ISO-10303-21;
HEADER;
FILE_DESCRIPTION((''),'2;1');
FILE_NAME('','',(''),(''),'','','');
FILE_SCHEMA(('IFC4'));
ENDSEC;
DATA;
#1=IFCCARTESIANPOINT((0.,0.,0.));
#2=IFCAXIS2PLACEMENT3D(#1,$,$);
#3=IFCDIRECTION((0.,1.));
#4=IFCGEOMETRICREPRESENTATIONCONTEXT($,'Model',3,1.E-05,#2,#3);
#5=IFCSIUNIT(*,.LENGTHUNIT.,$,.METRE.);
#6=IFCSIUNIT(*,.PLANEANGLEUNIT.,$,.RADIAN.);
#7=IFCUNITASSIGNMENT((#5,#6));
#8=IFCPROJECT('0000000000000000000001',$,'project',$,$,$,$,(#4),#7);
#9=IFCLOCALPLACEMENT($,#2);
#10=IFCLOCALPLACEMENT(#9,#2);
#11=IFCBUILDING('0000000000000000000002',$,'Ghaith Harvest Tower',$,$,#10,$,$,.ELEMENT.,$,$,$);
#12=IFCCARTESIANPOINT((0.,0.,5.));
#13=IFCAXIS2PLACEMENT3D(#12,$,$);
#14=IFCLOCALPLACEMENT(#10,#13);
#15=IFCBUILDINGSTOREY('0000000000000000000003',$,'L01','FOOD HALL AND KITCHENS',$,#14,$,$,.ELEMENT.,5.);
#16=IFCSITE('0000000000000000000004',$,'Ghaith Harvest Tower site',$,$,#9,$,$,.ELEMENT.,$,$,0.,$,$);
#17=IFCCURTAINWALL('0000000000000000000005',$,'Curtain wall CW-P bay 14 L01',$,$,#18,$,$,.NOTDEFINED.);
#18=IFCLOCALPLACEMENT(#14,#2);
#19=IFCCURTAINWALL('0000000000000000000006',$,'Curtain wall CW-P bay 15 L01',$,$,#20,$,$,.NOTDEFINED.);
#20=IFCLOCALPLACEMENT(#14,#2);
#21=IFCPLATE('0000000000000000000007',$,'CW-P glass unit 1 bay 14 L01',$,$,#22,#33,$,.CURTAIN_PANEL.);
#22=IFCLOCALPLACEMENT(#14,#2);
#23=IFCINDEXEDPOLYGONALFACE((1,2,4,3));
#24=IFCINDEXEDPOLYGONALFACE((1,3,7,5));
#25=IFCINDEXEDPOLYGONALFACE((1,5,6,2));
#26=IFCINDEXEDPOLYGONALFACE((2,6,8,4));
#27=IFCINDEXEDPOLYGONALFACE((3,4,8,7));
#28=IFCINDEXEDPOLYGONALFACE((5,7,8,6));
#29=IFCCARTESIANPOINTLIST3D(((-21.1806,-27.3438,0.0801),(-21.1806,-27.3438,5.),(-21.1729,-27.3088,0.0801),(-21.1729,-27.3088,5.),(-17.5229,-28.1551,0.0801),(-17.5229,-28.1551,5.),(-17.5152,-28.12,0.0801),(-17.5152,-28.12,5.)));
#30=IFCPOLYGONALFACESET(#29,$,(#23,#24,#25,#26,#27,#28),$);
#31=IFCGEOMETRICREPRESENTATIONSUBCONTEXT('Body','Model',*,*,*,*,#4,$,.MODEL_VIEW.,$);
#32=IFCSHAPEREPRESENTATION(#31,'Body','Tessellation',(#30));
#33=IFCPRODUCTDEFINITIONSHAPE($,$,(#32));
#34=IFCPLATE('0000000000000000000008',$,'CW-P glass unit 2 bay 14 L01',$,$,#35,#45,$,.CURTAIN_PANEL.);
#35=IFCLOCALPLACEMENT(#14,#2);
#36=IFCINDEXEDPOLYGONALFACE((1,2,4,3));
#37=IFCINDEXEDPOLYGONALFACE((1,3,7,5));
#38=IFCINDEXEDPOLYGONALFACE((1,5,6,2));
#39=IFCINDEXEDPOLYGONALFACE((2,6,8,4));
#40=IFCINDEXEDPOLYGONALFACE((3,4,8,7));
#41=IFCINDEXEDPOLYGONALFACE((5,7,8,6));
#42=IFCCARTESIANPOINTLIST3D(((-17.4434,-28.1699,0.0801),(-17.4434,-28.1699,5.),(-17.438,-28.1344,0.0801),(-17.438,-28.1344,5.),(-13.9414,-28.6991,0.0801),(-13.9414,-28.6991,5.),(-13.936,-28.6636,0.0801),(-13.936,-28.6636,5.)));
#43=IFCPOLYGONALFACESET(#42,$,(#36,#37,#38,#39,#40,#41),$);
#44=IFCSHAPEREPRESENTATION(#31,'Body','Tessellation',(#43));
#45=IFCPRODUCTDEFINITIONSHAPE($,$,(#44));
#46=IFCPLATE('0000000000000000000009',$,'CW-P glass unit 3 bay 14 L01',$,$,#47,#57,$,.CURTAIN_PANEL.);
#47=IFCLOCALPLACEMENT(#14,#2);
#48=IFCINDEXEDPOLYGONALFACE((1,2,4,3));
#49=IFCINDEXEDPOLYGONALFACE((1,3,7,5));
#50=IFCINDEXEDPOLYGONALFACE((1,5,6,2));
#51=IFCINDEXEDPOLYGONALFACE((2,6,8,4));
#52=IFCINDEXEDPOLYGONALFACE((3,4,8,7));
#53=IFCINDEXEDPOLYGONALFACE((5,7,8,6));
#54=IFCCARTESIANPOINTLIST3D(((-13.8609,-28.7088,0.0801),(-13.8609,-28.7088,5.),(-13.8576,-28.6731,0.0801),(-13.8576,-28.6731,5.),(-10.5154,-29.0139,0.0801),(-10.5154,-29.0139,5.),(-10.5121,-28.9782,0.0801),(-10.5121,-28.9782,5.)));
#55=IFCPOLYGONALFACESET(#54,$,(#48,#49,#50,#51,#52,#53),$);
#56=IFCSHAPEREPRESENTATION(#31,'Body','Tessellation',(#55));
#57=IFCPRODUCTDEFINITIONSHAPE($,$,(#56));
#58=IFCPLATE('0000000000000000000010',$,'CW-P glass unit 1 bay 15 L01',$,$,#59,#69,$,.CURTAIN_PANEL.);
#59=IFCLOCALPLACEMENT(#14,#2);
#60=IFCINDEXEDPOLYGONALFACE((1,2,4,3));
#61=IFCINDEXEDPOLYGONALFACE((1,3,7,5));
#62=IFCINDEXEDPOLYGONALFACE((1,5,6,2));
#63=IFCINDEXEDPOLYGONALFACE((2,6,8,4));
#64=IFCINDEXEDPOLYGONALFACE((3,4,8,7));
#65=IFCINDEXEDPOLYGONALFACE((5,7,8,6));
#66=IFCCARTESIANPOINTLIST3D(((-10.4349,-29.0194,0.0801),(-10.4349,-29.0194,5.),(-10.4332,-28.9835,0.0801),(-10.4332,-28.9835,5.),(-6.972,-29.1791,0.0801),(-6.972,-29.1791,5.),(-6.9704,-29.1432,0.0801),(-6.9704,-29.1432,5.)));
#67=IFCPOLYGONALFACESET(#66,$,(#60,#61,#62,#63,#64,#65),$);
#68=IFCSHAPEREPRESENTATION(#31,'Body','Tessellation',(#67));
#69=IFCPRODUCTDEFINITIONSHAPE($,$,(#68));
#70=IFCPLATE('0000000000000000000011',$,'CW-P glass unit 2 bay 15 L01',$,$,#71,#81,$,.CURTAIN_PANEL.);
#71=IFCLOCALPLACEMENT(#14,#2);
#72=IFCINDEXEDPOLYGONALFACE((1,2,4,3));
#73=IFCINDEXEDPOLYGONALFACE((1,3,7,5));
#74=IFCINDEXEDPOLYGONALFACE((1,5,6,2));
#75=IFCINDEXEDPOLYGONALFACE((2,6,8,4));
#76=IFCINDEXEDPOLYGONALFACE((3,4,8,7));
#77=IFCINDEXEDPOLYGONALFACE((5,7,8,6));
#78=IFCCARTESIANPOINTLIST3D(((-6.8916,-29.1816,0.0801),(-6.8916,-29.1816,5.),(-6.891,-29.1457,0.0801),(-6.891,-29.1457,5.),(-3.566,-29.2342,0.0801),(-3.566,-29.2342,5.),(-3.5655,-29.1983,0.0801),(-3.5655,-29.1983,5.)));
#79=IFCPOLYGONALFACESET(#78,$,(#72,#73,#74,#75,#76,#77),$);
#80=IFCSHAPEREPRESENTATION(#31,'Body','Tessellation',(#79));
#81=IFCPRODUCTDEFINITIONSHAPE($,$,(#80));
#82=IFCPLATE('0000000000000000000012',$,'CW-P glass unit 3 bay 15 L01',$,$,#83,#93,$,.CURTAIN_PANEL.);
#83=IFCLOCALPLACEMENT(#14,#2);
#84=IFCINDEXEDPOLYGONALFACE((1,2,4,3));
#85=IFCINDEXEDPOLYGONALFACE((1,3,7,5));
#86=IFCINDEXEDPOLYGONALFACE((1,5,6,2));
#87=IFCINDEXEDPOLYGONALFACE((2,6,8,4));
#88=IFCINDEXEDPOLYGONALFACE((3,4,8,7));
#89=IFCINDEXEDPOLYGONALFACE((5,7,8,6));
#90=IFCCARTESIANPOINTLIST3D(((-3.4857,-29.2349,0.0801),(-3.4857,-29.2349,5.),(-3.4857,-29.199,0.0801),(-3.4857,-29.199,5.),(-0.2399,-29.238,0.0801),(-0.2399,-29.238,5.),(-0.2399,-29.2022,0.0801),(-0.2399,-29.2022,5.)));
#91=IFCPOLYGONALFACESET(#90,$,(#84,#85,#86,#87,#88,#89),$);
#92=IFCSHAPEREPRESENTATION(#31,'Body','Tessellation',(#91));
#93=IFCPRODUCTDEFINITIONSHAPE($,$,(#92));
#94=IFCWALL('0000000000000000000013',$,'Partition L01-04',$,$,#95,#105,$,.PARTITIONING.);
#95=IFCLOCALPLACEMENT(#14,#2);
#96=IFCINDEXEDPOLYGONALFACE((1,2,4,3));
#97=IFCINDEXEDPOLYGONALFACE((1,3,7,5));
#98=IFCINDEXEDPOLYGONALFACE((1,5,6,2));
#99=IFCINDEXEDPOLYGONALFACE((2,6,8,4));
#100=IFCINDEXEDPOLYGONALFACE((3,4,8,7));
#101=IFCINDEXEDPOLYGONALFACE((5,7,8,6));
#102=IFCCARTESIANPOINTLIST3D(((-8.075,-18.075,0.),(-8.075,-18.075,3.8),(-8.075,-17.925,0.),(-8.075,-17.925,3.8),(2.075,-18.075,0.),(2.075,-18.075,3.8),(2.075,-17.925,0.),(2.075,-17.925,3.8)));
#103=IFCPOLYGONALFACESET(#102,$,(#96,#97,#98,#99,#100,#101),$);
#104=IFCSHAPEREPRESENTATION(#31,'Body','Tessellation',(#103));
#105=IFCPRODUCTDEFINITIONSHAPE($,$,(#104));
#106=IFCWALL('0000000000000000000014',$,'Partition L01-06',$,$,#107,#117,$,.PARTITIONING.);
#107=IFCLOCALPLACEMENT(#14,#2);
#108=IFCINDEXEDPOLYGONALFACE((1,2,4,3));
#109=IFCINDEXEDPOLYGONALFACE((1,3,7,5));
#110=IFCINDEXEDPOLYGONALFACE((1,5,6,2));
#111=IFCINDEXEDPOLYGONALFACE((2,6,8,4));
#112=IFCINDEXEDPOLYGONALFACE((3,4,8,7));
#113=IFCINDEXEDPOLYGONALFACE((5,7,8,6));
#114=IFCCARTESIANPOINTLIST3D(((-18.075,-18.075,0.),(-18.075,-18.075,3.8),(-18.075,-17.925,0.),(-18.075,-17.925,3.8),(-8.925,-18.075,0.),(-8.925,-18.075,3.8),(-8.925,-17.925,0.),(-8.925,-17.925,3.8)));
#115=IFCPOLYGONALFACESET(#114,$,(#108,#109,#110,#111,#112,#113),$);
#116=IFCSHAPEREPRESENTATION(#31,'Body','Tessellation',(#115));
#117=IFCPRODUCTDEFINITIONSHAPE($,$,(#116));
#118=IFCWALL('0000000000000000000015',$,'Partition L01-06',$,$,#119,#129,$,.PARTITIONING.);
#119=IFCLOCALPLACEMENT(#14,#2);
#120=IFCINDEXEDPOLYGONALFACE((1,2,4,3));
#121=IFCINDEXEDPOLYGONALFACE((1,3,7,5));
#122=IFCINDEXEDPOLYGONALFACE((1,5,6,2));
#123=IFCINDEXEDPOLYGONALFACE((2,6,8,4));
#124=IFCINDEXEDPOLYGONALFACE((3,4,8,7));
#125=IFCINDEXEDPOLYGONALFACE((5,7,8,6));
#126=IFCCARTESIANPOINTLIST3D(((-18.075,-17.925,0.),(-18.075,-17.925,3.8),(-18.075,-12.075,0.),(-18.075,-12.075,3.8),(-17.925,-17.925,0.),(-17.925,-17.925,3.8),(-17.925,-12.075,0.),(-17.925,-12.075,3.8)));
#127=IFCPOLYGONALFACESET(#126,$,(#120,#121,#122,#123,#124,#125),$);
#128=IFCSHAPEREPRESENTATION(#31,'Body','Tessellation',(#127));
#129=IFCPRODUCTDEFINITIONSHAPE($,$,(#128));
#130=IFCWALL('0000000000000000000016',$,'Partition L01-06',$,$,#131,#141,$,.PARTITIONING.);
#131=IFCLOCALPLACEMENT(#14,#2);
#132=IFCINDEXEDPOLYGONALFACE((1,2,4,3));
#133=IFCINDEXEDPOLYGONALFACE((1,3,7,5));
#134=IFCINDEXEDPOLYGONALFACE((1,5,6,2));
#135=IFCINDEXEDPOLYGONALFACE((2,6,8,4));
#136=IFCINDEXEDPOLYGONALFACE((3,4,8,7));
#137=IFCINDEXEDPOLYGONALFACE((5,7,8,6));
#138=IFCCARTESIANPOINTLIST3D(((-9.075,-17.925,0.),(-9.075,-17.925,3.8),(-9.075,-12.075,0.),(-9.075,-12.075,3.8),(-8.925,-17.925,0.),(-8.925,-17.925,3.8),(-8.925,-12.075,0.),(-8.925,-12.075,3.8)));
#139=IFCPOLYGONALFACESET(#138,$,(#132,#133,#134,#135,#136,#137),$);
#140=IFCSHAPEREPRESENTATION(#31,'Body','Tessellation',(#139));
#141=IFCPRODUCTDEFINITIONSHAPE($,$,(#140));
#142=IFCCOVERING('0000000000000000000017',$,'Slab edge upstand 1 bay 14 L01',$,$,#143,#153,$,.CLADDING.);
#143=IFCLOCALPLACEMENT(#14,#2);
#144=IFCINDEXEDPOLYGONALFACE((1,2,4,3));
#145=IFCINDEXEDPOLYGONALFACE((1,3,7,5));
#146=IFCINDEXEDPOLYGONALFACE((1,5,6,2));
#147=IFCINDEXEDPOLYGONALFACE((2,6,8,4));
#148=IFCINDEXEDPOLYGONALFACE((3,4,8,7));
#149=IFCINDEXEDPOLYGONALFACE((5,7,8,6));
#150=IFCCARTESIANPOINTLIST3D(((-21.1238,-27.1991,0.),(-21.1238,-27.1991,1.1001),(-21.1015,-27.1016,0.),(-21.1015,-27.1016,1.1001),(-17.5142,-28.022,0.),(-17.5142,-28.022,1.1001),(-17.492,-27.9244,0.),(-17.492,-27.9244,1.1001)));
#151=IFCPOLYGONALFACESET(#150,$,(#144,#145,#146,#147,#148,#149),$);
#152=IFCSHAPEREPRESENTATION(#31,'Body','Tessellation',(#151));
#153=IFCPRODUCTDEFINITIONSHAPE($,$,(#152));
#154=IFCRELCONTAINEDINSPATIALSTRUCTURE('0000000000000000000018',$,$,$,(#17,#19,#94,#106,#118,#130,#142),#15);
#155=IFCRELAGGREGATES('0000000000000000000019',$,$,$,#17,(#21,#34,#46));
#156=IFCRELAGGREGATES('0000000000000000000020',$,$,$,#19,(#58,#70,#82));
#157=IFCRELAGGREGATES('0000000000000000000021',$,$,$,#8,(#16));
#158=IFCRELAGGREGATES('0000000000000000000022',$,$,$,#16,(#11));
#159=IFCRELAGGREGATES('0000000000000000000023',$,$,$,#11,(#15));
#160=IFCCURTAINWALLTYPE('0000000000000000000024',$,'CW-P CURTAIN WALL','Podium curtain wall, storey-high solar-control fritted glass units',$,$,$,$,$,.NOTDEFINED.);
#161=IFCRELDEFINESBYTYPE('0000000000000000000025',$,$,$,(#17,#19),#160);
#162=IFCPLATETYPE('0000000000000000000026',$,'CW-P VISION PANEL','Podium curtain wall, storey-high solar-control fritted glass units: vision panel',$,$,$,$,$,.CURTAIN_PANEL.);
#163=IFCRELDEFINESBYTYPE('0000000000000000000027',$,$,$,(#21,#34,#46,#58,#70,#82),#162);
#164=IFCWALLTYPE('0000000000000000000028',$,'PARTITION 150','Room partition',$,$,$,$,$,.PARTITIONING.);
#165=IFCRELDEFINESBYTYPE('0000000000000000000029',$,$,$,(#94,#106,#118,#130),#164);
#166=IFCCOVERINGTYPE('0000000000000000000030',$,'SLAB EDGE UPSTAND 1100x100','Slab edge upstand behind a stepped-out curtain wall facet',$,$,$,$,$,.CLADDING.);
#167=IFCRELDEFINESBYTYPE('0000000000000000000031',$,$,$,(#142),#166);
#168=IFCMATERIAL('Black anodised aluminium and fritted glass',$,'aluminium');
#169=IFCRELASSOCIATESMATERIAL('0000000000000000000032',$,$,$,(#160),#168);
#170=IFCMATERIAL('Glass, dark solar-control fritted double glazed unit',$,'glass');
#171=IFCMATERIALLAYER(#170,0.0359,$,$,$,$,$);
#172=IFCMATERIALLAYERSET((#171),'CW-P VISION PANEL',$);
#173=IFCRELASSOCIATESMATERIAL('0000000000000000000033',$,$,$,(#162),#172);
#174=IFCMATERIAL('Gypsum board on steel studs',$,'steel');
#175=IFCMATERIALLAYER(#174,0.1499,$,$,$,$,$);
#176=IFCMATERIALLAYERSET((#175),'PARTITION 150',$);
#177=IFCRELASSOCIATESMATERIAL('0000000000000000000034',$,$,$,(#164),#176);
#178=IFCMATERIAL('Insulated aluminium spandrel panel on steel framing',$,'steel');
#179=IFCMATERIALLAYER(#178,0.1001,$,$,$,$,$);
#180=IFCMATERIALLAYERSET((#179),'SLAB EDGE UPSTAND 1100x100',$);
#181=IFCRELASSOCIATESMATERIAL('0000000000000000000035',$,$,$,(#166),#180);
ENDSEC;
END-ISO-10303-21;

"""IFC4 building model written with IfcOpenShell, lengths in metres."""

from ifc_helpers import new_model, si_unit, direction, frame, frame_2d, origin, origin_2d, place, context, subcontext, project, spatial, rectangle, extrude, material, layer, layer_set, type_object, element, aggregate, save


model = new_model("IFC4")

# Units and contexts
model_context = context("Model", 3, precision=1e-05, world=origin(), true_north=direction((0.0, 1.0)))
body_context = subcontext(model_context, "Body", "Model", "MODEL_VIEW")
ifc_project = project(units=[si_unit("LENGTHUNIT", "METRE"), si_unit("PLANEANGLEUNIT", "RADIAN")], contexts=[model_context])

# Site, building, storey
site_placement = place(None, origin())
site = spatial("IfcSite", under=ifc_project, at=site_placement, Name="Ghaith Harvest Tower site", CompositionType="ELEMENT", RefElevation=0.0)
building_placement = place(site_placement, origin())
building = spatial("IfcBuilding", under=site, at=building_placement, Name="Ghaith Harvest Tower", CompositionType="ELEMENT")
storey_placement = place(building_placement, frame((0.0, 0.0, 5.0)))
storey = spatial("IfcBuildingStorey", under=building, at=storey_placement, Name="L01", Description="FOOD HALL AND KITCHENS", CompositionType="ELEMENT", Elevation=5.0)

# Curtain walls
ifc_material_1 = material(Name="Black anodised aluminium and fritted glass", Category="aluminium")
curtain_wall_type = type_object("IfcCurtainWallType", Name="CW-P CURTAIN WALL", Description="Podium curtain wall, storey-high solar-control fritted glass units", PredefinedType="NOTDEFINED", material=ifc_material_1)
curtain_wall_1_placement = place(storey_placement, origin())
curtain_wall_1 = element("IfcCurtainWall", 1, at=curtain_wall_1_placement, inside=storey, type_object=curtain_wall_type, Name="Curtain wall CW-P bay 14 L01", PredefinedType="NOTDEFINED")
curtain_wall_2_placement = place(storey_placement, origin())
curtain_wall_2 = element("IfcCurtainWall", 2, at=curtain_wall_2_placement, inside=storey, type_object=curtain_wall_type, Name="Curtain wall CW-P bay 15 L01", PredefinedType="NOTDEFINED")

# Plates
ifc_material_2 = material(Name="Glass, dark solar-control fritted double glazed unit", Category="glass")
ifc_layer_1 = layer(ifc_material_2, 0.0359)
ifc_layer_set_1 = layer_set([ifc_layer_1], Name="CW-P VISION PANEL")
plate_type = type_object("IfcPlateType", Name="CW-P VISION PANEL", Description="Podium curtain wall, storey-high solar-control fritted glass units: vision panel", PredefinedType="CURTAIN_PANEL", material=ifc_layer_set_1)
plate_1_placement = place(storey_placement, frame((-19.3479, -27.7319, 0.0801), z_axis=(0.0, 0.0, 1.0), x_axis=(0.976277, -0.216524, 0.0)))
plate_1 = element("IfcPlate", 3, at=plate_1_placement, type_object=plate_type, Name="CW-P glass unit 1 bay 14 L01", PredefinedType="CURTAIN_PANEL", context=body_context, shape_type="SweptSolid", body=[
    extrude(rectangle(XDim=3.7466, YDim=0.0359, at=origin_2d()), origin(), (0.0, 0.0, 1.0), 4.9199),
])
plate_2_placement = place(storey_placement, frame((-15.6897, -28.4167, 0.0801), z_axis=(0.0, 0.0, 1.0), x_axis=(0.988774, -0.149419, 0.0)))
plate_2 = element("IfcPlate", 4, at=plate_2_placement, type_object=plate_type, Name="CW-P glass unit 2 bay 14 L01", PredefinedType="CURTAIN_PANEL", context=body_context, shape_type="SweptSolid", body=[
    extrude(rectangle(XDim=3.5417, YDim=0.0359, at=origin_2d()), origin(), (0.0, 0.0, 1.0), 4.9199),
])
plate_3_placement = place(storey_placement, frame((-12.1865, -28.8435, 0.0801), z_axis=(0.0, 0.0, 1.0), x_axis=(0.995868, -0.090808, 0.0)))
plate_3 = element("IfcPlate", 5, at=plate_3_placement, type_object=plate_type, Name="CW-P glass unit 3 bay 14 L01", PredefinedType="CURTAIN_PANEL", context=body_context, shape_type="SweptSolid", body=[
    extrude(rectangle(XDim=3.3594, YDim=0.0359, at=origin_2d()), origin(), (0.0, 0.0, 1.0), 4.9199),
])
aggregate(curtain_wall_1, [plate_1, plate_2, plate_3])
plate_4_placement = place(storey_placement, frame((-8.7026, -29.0813, 0.0801), z_axis=(0.0, 0.0, 1.0), x_axis=(0.998939, -0.046057, 0.0)))
plate_4 = element("IfcPlate", 6, at=plate_4_placement, type_object=plate_type, Name="CW-P glass unit 1 bay 15 L01", PredefinedType="CURTAIN_PANEL", context=body_context, shape_type="SweptSolid", body=[
    extrude(rectangle(XDim=3.4666, YDim=0.0359, at=origin_2d()), origin(), (0.0, 0.0, 1.0), 4.9199),
])
plate_5_placement = place(storey_placement, frame((-5.2285, -29.1899, 0.0801), z_axis=(0.0, 0.0, 1.0), x_axis=(0.999875, -0.015807, 0.0)))
plate_5 = element("IfcPlate", 7, at=plate_5_placement, type_object=plate_type, Name="CW-P glass unit 2 bay 15 L01", PredefinedType="CURTAIN_PANEL", context=body_context, shape_type="SweptSolid", body=[
    extrude(rectangle(XDim=3.3259, YDim=0.0359, at=origin_2d()), origin(), (0.0, 0.0, 1.0), 4.9199),
])
plate_6_placement = place(storey_placement, frame((-1.8628, -29.2185, 0.0801), z_axis=(0.0, 0.0, 1.0), x_axis=(1.0, -0.000984, 0.0)))
plate_6 = element("IfcPlate", 8, at=plate_6_placement, type_object=plate_type, Name="CW-P glass unit 3 bay 15 L01", PredefinedType="CURTAIN_PANEL", context=body_context, shape_type="SweptSolid", body=[
    extrude(rectangle(XDim=3.2458, YDim=0.0359, at=origin_2d()), origin(), (0.0, 0.0, 1.0), 4.9199),
])
aggregate(curtain_wall_2, [plate_4, plate_5, plate_6])

# Walls
ifc_material_3 = material(Name="Gypsum board on steel studs", Category="steel")
ifc_layer_2 = layer(ifc_material_3, 0.1499)
ifc_layer_set_2 = layer_set([ifc_layer_2], Name="PARTITION 150")
wall_type = type_object("IfcWallType", Name="PARTITION 150", Description="Room partition", PredefinedType="PARTITIONING", material=ifc_layer_set_2)
wall_1_placement = place(storey_placement, frame((-8.075, -18.0, 0.0), z_axis=(0.0, 0.0, 1.0), x_axis=(1.0, 0.0, 0.0)))
element("IfcWall", 9, at=wall_1_placement, inside=storey, type_object=wall_type, Name="Partition L01-04", PredefinedType="PARTITIONING", context=body_context, shape_type="SweptSolid", body=[
    extrude(rectangle(XDim=10.1499, YDim=0.1499, at=frame_2d((5.075, 0.0))), origin(), (0.0, 0.0, 1.0), 3.8),
])
wall_2_placement = place(storey_placement, frame((-18.075, -18.0, 0.0), z_axis=(0.0, 0.0, 1.0), x_axis=(1.0, 0.0, 0.0)))
element("IfcWall", 10, at=wall_2_placement, inside=storey, type_object=wall_type, Name="Partition L01-06", PredefinedType="PARTITIONING", context=body_context, shape_type="SweptSolid", body=[
    extrude(rectangle(XDim=9.1499, YDim=0.1499, at=frame_2d((4.575, 0.0))), origin(), (0.0, 0.0, 1.0), 3.8),
])
for number, where, z_axis, x_axis, name in (
    (11, (-18.0, -17.925, 0.0), (0.0, 0.0, 1.0), (0.0, 1.0, 0.0), "Partition L01-06"),
    (12, (-9.0, -17.925, 0.0), (0.0, 0.0, 1.0), (0.0, 1.0, 0.0), "Partition L01-06"),
):
    element("IfcWall", number, at=place(storey_placement, frame(where, z_axis=z_axis, x_axis=x_axis)), inside=storey, type_object=wall_type, Name=name, PredefinedType="PARTITIONING", context=body_context, shape_type="SweptSolid", body=[
        extrude(rectangle(XDim=5.8501, YDim=0.1499, at=frame_2d((2.925, 0.0))), origin(), (0.0, 0.0, 1.0), 3.8),
    ])

# Covering
ifc_material_4 = material(Name="Insulated aluminium spandrel panel on steel framing", Category="steel")
ifc_layer_3 = layer(ifc_material_4, 0.1001)
ifc_layer_set_3 = layer_set([ifc_layer_3], Name="SLAB EDGE UPSTAND 1100x100")
covering_type = type_object("IfcCoveringType", Name="SLAB EDGE UPSTAND 1100x100", Description="Slab edge upstand behind a stepped-out curtain wall facet", PredefinedType="CLADDING", material=ifc_layer_set_3)
covering_placement = place(storey_placement, frame((-19.3079, -27.5618, 0.0), z_axis=(0.0, 0.0, 1.0), x_axis=(0.974988, -0.222259, 0.0)))
element("IfcCovering", 13, at=covering_placement, inside=storey, type_object=covering_type, Name="Slab edge upstand 1 bay 14 L01", PredefinedType="CLADDING", context=body_context, shape_type="SweptSolid", body=[
    extrude(rectangle(XDim=3.7021, YDim=0.1001, at=origin_2d()), origin(), (0.0, 0.0, 1.0), 1.1001),
])

save(model, "model.ifc")
